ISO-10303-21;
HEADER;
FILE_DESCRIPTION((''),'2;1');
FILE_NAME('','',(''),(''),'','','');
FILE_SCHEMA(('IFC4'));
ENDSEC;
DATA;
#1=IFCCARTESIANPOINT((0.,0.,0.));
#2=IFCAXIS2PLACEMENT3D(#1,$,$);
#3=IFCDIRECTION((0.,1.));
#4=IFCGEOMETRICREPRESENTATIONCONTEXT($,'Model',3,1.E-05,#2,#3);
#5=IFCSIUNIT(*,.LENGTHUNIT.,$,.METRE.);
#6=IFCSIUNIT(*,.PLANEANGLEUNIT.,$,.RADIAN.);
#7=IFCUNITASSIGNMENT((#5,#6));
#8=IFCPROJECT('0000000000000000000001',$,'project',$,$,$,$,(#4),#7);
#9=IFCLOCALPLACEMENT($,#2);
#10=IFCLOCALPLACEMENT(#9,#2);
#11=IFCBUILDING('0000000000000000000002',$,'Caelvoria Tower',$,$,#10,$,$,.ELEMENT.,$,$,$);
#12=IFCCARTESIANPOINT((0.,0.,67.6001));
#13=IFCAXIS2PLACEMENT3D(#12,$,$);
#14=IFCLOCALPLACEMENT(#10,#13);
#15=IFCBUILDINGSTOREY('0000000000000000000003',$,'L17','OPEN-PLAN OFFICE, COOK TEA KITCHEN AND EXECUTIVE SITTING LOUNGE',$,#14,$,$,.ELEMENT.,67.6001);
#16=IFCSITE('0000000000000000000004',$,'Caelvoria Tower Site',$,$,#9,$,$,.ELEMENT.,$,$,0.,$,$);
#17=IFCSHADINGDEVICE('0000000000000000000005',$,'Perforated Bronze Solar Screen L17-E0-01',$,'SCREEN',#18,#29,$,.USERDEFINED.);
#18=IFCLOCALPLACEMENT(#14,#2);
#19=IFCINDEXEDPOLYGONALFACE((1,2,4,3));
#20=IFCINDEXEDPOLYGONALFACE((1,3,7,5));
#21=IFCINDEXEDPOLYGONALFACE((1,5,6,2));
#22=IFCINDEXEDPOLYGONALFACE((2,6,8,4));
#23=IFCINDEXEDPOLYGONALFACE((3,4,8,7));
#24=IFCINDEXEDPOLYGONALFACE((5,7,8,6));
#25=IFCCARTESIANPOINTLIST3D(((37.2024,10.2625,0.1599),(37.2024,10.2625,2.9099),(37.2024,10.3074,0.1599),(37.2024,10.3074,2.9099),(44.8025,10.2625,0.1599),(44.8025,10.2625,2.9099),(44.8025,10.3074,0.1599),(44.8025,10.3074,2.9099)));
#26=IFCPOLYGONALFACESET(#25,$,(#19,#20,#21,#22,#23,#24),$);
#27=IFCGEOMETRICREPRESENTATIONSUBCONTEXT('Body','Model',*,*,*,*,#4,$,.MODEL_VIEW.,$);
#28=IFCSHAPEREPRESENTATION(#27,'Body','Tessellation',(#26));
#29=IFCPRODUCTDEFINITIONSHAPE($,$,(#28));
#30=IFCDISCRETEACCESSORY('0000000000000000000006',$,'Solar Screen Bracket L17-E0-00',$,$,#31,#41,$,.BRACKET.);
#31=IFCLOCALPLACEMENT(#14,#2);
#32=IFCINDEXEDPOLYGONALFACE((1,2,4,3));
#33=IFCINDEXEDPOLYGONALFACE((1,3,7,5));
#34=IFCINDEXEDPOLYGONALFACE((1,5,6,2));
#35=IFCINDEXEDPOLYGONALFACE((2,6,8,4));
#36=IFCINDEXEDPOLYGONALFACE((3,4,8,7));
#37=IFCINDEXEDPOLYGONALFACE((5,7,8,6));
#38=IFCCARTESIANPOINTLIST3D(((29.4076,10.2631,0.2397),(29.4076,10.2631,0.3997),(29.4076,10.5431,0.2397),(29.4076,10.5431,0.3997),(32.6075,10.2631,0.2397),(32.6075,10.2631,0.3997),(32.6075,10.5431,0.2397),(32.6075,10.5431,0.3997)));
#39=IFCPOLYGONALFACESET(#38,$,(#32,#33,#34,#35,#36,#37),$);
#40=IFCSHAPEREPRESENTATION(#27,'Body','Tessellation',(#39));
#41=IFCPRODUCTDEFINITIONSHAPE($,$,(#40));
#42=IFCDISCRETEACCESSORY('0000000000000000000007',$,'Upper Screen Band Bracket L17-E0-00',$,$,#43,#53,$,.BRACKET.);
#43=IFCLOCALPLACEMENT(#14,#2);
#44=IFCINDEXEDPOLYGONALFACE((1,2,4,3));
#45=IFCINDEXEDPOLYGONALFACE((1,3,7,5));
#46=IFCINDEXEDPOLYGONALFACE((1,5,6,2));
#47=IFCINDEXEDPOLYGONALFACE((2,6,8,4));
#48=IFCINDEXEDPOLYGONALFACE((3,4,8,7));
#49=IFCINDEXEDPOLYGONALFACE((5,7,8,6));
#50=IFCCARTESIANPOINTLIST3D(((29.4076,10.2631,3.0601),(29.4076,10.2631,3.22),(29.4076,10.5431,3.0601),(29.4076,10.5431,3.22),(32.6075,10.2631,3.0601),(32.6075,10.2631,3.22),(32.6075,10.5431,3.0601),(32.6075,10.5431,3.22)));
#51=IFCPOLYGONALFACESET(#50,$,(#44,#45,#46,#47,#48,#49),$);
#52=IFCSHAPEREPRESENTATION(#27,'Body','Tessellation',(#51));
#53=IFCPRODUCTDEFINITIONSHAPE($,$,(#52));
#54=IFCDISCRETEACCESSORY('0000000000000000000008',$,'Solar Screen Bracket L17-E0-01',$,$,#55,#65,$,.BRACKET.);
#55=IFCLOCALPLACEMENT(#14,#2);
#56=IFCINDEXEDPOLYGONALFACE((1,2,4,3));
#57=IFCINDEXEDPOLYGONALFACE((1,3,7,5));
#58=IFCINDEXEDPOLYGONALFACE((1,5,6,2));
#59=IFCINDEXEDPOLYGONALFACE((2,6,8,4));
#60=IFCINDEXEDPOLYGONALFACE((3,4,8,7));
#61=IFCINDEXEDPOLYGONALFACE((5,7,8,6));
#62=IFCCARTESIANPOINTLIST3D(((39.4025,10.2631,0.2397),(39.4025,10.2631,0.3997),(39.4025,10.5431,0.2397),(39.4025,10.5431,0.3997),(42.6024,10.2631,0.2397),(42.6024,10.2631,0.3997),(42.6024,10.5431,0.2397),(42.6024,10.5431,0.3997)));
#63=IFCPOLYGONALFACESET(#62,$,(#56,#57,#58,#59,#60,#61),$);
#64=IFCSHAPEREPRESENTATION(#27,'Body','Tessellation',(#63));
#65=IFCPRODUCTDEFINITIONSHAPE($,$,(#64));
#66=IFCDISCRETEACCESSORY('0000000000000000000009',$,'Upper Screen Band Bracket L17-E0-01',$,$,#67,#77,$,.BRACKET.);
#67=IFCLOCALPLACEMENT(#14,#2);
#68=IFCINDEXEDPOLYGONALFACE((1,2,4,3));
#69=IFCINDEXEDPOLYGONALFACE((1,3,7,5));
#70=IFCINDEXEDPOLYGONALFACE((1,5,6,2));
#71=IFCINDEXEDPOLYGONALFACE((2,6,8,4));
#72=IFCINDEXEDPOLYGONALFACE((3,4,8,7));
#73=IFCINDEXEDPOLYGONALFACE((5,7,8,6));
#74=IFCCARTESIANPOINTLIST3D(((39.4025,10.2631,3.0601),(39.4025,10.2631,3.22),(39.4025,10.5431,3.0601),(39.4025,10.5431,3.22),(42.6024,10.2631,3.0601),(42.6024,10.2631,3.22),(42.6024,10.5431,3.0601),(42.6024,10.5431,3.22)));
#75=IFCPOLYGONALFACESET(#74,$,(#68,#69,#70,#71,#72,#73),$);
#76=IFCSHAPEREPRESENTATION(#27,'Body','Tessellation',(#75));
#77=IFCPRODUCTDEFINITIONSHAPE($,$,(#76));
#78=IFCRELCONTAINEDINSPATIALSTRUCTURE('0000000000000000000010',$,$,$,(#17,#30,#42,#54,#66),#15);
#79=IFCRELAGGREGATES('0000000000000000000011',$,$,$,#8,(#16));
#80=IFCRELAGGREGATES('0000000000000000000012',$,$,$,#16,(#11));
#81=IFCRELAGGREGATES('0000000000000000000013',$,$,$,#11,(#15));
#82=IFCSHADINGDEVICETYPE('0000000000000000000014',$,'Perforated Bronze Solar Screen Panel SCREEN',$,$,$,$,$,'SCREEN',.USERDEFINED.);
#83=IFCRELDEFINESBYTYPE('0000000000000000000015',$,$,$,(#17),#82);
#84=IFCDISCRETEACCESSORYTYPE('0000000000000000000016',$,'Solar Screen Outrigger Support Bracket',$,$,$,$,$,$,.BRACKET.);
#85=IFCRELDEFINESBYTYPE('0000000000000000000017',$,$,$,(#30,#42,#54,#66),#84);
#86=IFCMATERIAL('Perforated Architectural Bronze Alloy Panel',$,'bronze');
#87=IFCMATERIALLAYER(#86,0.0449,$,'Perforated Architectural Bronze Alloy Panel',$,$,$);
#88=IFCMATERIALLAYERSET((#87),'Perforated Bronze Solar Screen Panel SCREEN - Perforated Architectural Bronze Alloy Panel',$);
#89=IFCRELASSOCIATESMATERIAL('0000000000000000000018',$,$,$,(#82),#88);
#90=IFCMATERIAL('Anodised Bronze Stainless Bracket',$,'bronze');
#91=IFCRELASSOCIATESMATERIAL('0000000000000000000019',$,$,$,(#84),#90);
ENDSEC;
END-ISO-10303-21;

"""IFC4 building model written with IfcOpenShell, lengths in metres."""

from ifc_helpers import new_model, si_unit, direction, frame, origin, origin_2d, place, context, subcontext, project, spatial, rectangle, extrude, material, layer, layer_set, type_object, element, save


model = new_model("IFC4")

# Units and contexts
model_context = context("Model", 3, precision=1e-05, world=origin(), true_north=direction((0.0, 1.0)))
body_context = subcontext(model_context, "Body", "Model", "MODEL_VIEW")
ifc_project = project(units=[si_unit("LENGTHUNIT", "METRE"), si_unit("PLANEANGLEUNIT", "RADIAN")], contexts=[model_context])

# Site, building, storey
site_placement = place(None, origin())
site = spatial("IfcSite", under=ifc_project, at=site_placement, Name="Caelvoria Tower Site", CompositionType="ELEMENT", RefElevation=0.0)
building_placement = place(site_placement, origin())
building = spatial("IfcBuilding", under=site, at=building_placement, Name="Caelvoria Tower", CompositionType="ELEMENT")
storey_placement = place(building_placement, frame((0.0, 0.0, 67.6001)))
storey = spatial("IfcBuildingStorey", under=building, at=storey_placement, Name="L17", Description="OPEN-PLAN OFFICE, COOK TEA KITCHEN AND EXECUTIVE SITTING LOUNGE", CompositionType="ELEMENT", Elevation=67.6001)

# Shading device
ifc_material_1 = material(Name="Perforated Architectural Bronze Alloy Panel", Category="bronze")
ifc_layer_1 = layer(ifc_material_1, 0.0449, Name="Perforated Architectural Bronze Alloy Panel")
ifc_layer_set_1 = layer_set([ifc_layer_1], Name="Perforated Bronze Solar Screen Panel SCREEN - Perforated Architectural Bronze Alloy Panel")
shading_device_type = type_object("IfcShadingDeviceType", Name="Perforated Bronze Solar Screen Panel SCREEN", ElementType="SCREEN", PredefinedType="USERDEFINED", material=ifc_layer_set_1)
for number, where, z_axis, x_axis, name in (
    (1, (41.0024, 10.2849, 0.1599), (0.0, 0.0, 1.0), (1.0, 0.0, 0.0), "Perforated Bronze Solar Screen L17-E0-01"),
):
    element("IfcShadingDevice", number, at=place(storey_placement, frame(where, z_axis=z_axis, x_axis=x_axis)), inside=storey, type_object=shading_device_type, Name=name, ObjectType="SCREEN", PredefinedType="USERDEFINED", context=body_context, shape_type="SweptSolid", body=[
        extrude(rectangle(XDim=7.6001, YDim=0.0449, at=origin_2d()), origin(), (0.0, 0.0, 1.0), 2.75),
    ])

# Discrete accessories
ifc_material_2 = material(Name="Anodised Bronze Stainless Bracket", Category="bronze")
discrete_accessory_type = type_object("IfcDiscreteAccessoryType", Name="Solar Screen Outrigger Support Bracket", PredefinedType="BRACKET", material=ifc_material_2)
for number, where, z_axis, x_axis, name in (
    (2, (31.0076, 10.4031, 0.2397), (0.0, 0.0, 1.0), (1.0, 0.0, 0.0), "Solar Screen Bracket L17-E0-00"),
    (3, (31.0076, 10.4031, 3.0601), (0.0, 0.0, 1.0), (1.0, 0.0, 0.0), "Upper Screen Band Bracket L17-E0-00"),
    (4, (41.0024, 10.4031, 0.2397), (0.0, 0.0, 1.0), (1.0, 0.0, 0.0), "Solar Screen Bracket L17-E0-01"),
    (5, (41.0024, 10.4031, 3.0601), (0.0, 0.0, 1.0), (1.0, 0.0, 0.0), "Upper Screen Band Bracket L17-E0-01"),
):
    element("IfcDiscreteAccessory", number, at=place(storey_placement, frame(where, z_axis=z_axis, x_axis=x_axis)), inside=storey, type_object=discrete_accessory_type, Name=name, PredefinedType="BRACKET", context=body_context, shape_type="SweptSolid", body=[
        extrude(rectangle(XDim=3.2, YDim=0.28, at=origin_2d()), origin(), (0.0, 0.0, 1.0), 0.1599),
    ])

save(model, "model.ifc")
